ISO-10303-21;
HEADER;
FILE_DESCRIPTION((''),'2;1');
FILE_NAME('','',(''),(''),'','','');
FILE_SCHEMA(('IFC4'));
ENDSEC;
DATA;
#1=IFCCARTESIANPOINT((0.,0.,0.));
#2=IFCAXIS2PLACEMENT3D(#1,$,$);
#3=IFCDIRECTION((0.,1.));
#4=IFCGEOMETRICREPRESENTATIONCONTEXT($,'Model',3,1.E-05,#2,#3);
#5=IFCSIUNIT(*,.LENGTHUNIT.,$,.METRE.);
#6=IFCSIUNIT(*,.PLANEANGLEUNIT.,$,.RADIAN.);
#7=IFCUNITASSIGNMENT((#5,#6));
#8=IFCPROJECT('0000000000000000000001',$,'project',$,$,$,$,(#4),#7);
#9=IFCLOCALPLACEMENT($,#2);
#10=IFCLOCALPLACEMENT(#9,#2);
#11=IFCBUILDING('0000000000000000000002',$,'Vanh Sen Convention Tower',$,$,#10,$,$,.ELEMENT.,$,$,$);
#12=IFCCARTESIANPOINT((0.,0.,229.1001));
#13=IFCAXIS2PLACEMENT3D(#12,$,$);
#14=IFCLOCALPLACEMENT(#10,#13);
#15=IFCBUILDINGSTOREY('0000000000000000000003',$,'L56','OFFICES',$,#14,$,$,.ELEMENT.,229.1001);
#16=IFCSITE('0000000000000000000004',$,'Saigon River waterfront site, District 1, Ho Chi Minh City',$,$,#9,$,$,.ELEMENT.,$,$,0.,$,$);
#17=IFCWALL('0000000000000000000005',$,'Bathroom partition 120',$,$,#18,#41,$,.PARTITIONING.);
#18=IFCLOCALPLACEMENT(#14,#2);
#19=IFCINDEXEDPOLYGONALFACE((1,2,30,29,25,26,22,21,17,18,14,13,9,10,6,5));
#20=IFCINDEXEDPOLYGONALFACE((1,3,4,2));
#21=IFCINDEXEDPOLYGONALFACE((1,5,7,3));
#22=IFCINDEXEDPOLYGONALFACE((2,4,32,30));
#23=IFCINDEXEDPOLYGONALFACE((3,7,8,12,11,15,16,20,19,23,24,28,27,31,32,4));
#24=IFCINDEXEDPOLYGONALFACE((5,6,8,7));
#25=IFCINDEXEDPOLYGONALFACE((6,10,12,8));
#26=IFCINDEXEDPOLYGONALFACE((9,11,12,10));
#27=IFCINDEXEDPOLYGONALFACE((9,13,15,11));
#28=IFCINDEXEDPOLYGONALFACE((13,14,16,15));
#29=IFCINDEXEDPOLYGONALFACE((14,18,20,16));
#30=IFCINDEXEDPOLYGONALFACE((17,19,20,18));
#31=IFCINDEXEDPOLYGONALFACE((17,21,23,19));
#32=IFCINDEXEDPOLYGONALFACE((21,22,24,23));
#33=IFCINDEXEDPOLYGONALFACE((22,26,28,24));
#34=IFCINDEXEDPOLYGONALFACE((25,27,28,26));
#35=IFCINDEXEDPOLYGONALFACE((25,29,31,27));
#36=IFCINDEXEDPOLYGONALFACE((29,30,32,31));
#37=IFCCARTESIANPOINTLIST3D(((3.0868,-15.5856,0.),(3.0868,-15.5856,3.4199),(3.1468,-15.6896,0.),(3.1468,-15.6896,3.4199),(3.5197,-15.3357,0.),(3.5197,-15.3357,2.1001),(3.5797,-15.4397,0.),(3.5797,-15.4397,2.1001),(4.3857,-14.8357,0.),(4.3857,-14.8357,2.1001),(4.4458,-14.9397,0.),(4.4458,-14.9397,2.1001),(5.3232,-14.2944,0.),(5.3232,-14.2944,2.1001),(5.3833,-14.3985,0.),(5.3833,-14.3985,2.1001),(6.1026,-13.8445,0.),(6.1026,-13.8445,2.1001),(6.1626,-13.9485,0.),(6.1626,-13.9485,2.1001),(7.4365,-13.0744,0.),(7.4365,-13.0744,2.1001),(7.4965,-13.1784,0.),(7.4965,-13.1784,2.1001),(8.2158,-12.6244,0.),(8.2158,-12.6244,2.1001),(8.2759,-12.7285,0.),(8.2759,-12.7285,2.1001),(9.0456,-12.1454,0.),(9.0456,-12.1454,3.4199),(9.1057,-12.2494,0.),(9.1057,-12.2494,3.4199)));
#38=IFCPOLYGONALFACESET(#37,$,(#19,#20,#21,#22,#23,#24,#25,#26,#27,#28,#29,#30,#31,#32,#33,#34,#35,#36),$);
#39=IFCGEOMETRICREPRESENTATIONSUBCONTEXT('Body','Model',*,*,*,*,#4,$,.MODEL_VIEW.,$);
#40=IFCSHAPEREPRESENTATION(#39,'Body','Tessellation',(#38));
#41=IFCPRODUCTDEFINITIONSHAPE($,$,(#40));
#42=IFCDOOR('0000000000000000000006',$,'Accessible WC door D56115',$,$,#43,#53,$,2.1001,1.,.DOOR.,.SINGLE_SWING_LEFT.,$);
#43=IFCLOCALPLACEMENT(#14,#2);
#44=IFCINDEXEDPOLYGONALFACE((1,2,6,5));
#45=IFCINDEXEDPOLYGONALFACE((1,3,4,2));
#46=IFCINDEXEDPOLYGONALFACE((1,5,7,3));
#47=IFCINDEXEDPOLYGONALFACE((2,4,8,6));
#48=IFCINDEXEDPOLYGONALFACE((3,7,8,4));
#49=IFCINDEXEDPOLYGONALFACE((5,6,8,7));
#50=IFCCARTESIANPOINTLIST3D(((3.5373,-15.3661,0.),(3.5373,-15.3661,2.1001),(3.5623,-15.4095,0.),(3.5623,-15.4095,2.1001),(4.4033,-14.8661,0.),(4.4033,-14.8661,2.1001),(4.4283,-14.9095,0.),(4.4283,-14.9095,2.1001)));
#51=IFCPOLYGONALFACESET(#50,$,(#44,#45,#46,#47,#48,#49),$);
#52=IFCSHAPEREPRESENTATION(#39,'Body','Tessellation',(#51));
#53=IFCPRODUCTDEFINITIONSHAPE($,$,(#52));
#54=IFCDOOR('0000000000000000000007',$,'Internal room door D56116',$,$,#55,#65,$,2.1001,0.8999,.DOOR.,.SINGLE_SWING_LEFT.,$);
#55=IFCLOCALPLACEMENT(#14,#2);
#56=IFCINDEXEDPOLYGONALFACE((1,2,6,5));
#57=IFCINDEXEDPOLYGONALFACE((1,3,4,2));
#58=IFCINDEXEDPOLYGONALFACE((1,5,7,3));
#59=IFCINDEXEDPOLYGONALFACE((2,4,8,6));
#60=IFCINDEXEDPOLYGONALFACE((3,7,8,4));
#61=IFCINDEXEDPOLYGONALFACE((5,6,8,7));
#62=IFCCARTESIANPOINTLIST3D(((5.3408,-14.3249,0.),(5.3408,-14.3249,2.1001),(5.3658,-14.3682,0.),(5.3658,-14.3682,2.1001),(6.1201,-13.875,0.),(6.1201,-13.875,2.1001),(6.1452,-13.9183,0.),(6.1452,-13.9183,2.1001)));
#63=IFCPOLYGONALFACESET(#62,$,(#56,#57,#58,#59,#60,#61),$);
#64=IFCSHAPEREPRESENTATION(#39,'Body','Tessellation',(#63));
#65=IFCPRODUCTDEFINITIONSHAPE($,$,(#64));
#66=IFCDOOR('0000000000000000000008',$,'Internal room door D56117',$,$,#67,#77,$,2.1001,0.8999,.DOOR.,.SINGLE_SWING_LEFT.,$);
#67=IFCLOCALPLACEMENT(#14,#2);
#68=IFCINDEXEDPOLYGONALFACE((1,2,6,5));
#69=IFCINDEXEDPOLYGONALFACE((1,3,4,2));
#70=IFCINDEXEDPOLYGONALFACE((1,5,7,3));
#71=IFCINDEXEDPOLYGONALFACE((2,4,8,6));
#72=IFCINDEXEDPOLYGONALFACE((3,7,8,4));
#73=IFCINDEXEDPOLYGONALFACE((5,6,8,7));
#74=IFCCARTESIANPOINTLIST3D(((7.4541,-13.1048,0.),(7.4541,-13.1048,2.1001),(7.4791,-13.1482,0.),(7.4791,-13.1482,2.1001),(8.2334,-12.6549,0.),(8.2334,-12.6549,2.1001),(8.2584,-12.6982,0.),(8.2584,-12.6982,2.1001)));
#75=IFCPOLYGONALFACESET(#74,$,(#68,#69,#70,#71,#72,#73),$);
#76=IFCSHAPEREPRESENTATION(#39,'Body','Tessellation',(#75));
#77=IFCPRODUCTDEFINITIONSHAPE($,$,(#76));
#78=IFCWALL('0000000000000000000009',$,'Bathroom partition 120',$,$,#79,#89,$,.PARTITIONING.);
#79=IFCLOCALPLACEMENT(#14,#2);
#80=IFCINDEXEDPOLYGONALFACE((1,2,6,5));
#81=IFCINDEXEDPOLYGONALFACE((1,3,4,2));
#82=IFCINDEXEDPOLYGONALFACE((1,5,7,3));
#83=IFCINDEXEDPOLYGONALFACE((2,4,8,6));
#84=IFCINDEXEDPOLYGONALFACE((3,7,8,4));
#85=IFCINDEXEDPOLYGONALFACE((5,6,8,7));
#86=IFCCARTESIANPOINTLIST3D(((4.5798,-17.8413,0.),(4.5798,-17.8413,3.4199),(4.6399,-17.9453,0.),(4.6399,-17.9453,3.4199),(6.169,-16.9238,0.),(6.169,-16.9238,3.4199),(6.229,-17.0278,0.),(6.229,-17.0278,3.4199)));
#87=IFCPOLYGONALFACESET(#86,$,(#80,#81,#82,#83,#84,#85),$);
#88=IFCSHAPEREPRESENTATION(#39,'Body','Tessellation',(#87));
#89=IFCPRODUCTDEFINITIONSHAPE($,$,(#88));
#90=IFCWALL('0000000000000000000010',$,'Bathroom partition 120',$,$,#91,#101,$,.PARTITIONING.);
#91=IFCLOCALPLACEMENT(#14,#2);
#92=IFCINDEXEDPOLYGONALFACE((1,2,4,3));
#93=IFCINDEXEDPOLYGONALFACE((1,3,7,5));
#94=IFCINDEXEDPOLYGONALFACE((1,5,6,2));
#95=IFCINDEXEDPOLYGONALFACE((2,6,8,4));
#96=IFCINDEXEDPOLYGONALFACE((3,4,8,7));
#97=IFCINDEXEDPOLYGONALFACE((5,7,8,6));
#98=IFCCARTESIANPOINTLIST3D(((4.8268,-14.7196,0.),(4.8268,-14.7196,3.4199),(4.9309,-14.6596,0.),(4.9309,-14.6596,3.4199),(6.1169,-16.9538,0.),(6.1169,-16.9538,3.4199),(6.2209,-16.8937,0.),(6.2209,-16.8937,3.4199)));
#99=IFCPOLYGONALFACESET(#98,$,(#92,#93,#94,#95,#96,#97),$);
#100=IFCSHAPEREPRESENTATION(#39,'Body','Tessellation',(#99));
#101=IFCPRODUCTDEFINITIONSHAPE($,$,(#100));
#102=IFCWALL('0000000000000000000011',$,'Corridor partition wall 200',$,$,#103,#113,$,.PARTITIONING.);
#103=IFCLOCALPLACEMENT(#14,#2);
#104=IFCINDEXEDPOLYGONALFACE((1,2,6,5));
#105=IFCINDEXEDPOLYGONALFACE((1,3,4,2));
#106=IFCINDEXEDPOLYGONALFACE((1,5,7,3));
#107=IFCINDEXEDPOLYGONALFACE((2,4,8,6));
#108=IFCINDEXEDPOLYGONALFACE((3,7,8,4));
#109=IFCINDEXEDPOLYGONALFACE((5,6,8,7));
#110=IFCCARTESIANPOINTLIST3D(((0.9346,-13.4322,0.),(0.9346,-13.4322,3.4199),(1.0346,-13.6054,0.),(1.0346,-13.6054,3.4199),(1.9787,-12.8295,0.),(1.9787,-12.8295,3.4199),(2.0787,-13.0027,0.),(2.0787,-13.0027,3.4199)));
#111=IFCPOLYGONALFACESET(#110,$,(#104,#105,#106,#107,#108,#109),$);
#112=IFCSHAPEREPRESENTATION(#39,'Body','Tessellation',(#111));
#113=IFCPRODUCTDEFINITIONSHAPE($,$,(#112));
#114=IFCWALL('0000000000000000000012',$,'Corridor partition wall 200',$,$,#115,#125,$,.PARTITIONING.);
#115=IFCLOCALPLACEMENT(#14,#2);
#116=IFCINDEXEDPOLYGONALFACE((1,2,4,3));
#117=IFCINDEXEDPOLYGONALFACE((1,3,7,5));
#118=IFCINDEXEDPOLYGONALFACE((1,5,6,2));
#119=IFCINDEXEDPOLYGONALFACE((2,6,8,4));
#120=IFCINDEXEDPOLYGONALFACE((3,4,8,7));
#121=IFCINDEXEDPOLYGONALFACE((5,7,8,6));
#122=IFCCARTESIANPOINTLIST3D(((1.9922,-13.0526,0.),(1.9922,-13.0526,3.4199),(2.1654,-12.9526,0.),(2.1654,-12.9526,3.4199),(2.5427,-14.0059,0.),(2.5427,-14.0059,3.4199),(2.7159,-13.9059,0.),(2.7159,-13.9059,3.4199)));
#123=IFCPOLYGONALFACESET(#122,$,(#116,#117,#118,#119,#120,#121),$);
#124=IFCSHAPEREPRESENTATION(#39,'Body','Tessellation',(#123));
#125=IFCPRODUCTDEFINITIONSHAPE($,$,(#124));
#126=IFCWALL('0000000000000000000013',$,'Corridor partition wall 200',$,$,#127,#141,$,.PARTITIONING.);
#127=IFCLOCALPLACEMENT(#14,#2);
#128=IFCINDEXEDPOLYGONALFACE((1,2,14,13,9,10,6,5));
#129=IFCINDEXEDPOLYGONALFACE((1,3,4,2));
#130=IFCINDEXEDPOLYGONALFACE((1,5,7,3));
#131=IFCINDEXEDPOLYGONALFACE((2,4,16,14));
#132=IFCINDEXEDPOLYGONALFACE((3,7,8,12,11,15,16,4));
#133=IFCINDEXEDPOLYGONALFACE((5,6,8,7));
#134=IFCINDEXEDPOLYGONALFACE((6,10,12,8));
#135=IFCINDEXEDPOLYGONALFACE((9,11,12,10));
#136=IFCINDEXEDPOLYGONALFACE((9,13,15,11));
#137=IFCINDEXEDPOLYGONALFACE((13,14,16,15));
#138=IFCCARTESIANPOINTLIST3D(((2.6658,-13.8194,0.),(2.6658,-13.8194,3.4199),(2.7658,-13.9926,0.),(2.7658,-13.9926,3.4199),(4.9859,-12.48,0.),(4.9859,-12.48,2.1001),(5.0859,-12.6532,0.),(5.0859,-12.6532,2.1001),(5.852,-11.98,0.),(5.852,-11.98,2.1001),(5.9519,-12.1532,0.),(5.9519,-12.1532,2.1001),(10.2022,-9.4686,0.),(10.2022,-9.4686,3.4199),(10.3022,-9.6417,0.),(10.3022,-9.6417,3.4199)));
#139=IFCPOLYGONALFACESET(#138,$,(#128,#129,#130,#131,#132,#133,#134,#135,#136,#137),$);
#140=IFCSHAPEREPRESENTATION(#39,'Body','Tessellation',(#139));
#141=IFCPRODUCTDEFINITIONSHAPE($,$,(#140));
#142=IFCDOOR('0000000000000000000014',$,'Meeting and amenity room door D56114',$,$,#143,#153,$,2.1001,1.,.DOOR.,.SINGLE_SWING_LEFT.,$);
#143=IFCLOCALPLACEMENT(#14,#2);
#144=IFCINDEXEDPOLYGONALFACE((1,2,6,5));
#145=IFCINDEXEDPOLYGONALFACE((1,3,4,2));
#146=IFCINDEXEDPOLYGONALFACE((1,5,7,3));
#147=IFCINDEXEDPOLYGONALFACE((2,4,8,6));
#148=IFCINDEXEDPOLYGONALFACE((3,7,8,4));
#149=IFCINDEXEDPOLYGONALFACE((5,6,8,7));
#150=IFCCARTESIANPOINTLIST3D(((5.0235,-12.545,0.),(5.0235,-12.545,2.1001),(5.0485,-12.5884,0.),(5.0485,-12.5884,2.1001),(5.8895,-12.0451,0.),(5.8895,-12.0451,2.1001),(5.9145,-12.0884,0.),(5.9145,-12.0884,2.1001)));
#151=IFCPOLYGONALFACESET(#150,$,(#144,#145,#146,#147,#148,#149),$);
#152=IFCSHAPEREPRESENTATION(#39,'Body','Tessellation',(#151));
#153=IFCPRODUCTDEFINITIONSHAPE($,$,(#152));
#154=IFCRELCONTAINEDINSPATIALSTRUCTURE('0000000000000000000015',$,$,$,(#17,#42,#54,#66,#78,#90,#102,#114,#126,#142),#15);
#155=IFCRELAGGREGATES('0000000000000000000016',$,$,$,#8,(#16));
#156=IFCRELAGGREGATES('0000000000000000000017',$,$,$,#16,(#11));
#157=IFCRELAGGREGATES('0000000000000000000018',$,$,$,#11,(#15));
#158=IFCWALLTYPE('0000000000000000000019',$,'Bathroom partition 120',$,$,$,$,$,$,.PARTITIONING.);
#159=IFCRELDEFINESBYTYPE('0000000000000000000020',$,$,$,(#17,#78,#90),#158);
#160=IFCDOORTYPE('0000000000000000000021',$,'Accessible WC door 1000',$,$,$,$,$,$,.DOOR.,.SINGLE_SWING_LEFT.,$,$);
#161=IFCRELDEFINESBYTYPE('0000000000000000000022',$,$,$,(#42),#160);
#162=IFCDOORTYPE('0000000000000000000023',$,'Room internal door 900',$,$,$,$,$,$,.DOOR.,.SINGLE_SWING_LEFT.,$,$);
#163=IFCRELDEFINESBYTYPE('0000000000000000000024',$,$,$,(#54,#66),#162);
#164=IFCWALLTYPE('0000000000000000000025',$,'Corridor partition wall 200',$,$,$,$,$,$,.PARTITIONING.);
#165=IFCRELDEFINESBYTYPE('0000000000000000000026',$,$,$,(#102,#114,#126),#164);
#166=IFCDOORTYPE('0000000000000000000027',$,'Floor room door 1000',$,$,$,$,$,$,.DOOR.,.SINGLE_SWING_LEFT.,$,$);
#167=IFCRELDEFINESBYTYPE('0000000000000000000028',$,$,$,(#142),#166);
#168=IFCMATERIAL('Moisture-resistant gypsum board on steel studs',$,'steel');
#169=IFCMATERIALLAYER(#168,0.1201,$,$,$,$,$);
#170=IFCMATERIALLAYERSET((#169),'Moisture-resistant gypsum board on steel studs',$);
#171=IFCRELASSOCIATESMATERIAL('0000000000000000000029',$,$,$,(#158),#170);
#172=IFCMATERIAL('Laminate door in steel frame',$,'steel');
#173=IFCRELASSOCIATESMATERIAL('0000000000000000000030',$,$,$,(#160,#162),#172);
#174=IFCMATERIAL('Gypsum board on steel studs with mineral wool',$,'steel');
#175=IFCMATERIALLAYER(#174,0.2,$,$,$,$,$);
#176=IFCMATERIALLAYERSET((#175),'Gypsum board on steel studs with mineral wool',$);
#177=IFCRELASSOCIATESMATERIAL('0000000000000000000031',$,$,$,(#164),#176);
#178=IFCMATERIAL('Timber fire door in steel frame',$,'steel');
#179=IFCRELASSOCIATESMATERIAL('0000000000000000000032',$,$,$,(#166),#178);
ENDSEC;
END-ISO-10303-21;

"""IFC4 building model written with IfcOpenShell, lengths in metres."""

from ifc_helpers import new_model, si_unit, direction, frame, frame_2d, origin, place, context, subcontext, project, spatial, rectangle, extrude, material, layer, layer_set, type_object, element, fill, save


model = new_model("IFC4")

# Units and contexts
model_context = context("Model", 3, precision=1e-05, world=origin(), true_north=direction((0.0, 1.0)))
body_context = subcontext(model_context, "Body", "Model", "MODEL_VIEW")
ifc_project = project(units=[si_unit("LENGTHUNIT", "METRE"), si_unit("PLANEANGLEUNIT", "RADIAN")], contexts=[model_context])

# Site, building, storey
site_placement = place(None, origin())
site = spatial("IfcSite", under=ifc_project, at=site_placement, Name="Saigon River waterfront site, District 1, Ho Chi Minh City", CompositionType="ELEMENT", RefElevation=0.0)
building_placement = place(site_placement, origin())
building = spatial("IfcBuilding", under=site, at=building_placement, Name="Vanh Sen Convention Tower", CompositionType="ELEMENT")
storey_placement = place(building_placement, frame((0.0, 0.0, 229.1001)))
storey = spatial("IfcBuildingStorey", under=building, at=storey_placement, Name="L56", Description="OFFICES", CompositionType="ELEMENT", Elevation=229.1001)

# Wall, openings, doors
ifc_material_1 = material(Name="Moisture-resistant gypsum board on steel studs", Category="steel")
ifc_layer_1 = layer(ifc_material_1, 0.1201)
ifc_layer_set_1 = layer_set([ifc_layer_1], Name="Moisture-resistant gypsum board on steel studs")
wall_type_1 = type_object("IfcWallType", Name="Bathroom partition 120", PredefinedType="PARTITIONING", material=ifc_layer_set_1)
wall_1_placement = place(storey_placement, frame((3.1167, -15.6377, 0.0), z_axis=(0.0, 0.0, 1.0), x_axis=(0.866031, 0.49999, 0.0)))
wall_1 = element("IfcWall", 1, at=wall_1_placement, inside=storey, type_object=wall_type_1, Name="Bathroom partition 120", PredefinedType="PARTITIONING", context=body_context, shape_type="SweptSolid", body=[
    extrude(rectangle(XDim=6.8806, YDim=0.1201, at=frame_2d((3.4404, 0.0))), origin(), (0.0, 0.0, 1.0), 3.4199),
])
opening_1_placement = place(wall_1_placement, frame((0.5, 0.0, 0.0)))
opening_1 = element("IfcOpeningElement", 2, at=opening_1_placement, cuts=wall_1, PredefinedType="OPENING", context=body_context, shape_type="SweptSolid", body=[
    extrude(rectangle(XDim=1.0, YDim=2.1001, at=frame_2d((0.5, 1.05))), frame((0.0, 0.0701, 0.0), z_axis=(0.0, -1.0, 0.0), x_axis=(1.0, 0.0, 0.0)), (0.0, 0.0, 1.0), 0.1401),
])
opening_2_placement = place(wall_1_placement, frame((2.5825, 0.0, 0.0)))
opening_2 = element("IfcOpeningElement", 3, at=opening_2_placement, cuts=wall_1, PredefinedType="OPENING", context=body_context, shape_type="SweptSolid", body=[
    extrude(rectangle(XDim=0.8999, YDim=2.1001, at=frame_2d((0.45, 1.05))), frame((0.0, 0.0701, 0.0), z_axis=(0.0, -1.0, 0.0), x_axis=(1.0, 0.0, 0.0)), (0.0, 0.0, 1.0), 0.1401),
])
opening_3_placement = place(wall_1_placement, frame((5.0227, 0.0, 0.0)))
opening_3 = element("IfcOpeningElement", 4, at=opening_3_placement, cuts=wall_1, PredefinedType="OPENING", context=body_context, shape_type="SweptSolid", body=[
    extrude(rectangle(XDim=0.8999, YDim=2.1001, at=frame_2d((0.45, 1.05))), frame((0.0, 0.0701, 0.0), z_axis=(0.0, -1.0, 0.0), x_axis=(1.0, 0.0, 0.0)), (0.0, 0.0, 1.0), 0.1401),
])
ifc_material_2 = material(Name="Laminate door in steel frame", Category="steel")
door_type_1 = type_object("IfcDoorType", Name="Accessible WC door 1000", OperationType="SINGLE_SWING_LEFT", PredefinedType="DOOR", material=ifc_material_2)
door_1_placement = place(opening_1_placement, origin())
door_1 = element("IfcDoor", 5, at=door_1_placement, inside=storey, type_object=door_type_1, Name="Accessible WC door D56115", OperationType="SINGLE_SWING_LEFT", OverallHeight=2.1001, OverallWidth=1.0, PredefinedType="DOOR", context=body_context, shape_type="SweptSolid", body=[
    extrude(rectangle(XDim=1.0, YDim=2.1001, at=frame_2d((0.5, 1.05))), frame((0.0, 0.0249, 0.0), z_axis=(0.0, -1.0, 0.0), x_axis=(1.0, 0.0, 0.0)), (0.0, 0.0, 1.0), 0.05),
])
fill(opening_1, door_1)
door_type_2 = type_object("IfcDoorType", Name="Room internal door 900", OperationType="SINGLE_SWING_LEFT", PredefinedType="DOOR", material=ifc_material_2)
door_2_placement = place(opening_2_placement, origin())
door_2 = element("IfcDoor", 6, at=door_2_placement, inside=storey, type_object=door_type_2, Name="Internal room door D56116", OperationType="SINGLE_SWING_LEFT", OverallHeight=2.1001, OverallWidth=0.8999, PredefinedType="DOOR", context=body_context, shape_type="SweptSolid", body=[
    extrude(rectangle(XDim=0.8999, YDim=2.1001, at=frame_2d((0.45, 1.05))), frame((0.0, 0.0249, 0.0), z_axis=(0.0, -1.0, 0.0), x_axis=(1.0, 0.0, 0.0)), (0.0, 0.0, 1.0), 0.05),
])
fill(opening_2, door_2)
door_3_placement = place(opening_3_placement, origin())
door_3 = element("IfcDoor", 7, at=door_3_placement, inside=storey, type_object=door_type_2, Name="Internal room door D56117", OperationType="SINGLE_SWING_LEFT", OverallHeight=2.1001, OverallWidth=0.8999, PredefinedType="DOOR", context=body_context, shape_type="SweptSolid", body=[
    extrude(rectangle(XDim=0.8999, YDim=2.1001, at=frame_2d((0.45, 1.05))), frame((0.0, 0.0249, 0.0), z_axis=(0.0, -1.0, 0.0), x_axis=(1.0, 0.0, 0.0)), (0.0, 0.0, 1.0), 0.05),
])
fill(opening_3, door_3)

# Walls
wall_2_placement = place(storey_placement, frame((4.6099, -17.8933, 0.0), z_axis=(0.0, 0.0, 1.0), x_axis=(0.866024, 0.500003, 0.0)))
element("IfcWall", 8, at=wall_2_placement, inside=storey, type_object=wall_type_1, Name="Bathroom partition 120", PredefinedType="PARTITIONING", context=body_context, shape_type="SweptSolid", body=[
    extrude(rectangle(XDim=1.835, YDim=0.1201, at=frame_2d((0.9175, 0.0))), origin(), (0.0, 0.0, 1.0), 3.4199),
])
wall_3_placement = place(storey_placement, frame((6.1689, -16.9238, 0.0), z_axis=(0.0, 0.0, 1.0), x_axis=(-0.500047, 0.865998, 0.0)))
element("IfcWall", 9, at=wall_3_placement, inside=storey, type_object=wall_type_1, Name="Bathroom partition 120", PredefinedType="PARTITIONING", context=body_context, shape_type="SweptSolid", body=[
    extrude(rectangle(XDim=2.5798, YDim=0.1201, at=frame_2d((1.29, 0.0))), origin(), (0.0, 0.0, 1.0), 3.4199),
])
ifc_material_3 = material(Name="Gypsum board on steel studs with mineral wool", Category="steel")
ifc_layer_2 = layer(ifc_material_3, 0.2)
ifc_layer_set_2 = layer_set([ifc_layer_2], Name="Gypsum board on steel studs with mineral wool")
wall_type_2 = type_object("IfcWallType", Name="Corridor partition wall 200", PredefinedType="PARTITIONING", material=ifc_layer_set_2)
wall_4_placement = place(storey_placement, frame((0.9846, -13.5188, 0.0), z_axis=(0.0, 0.0, 1.0), x_axis=(0.866054, 0.49995, 0.0)))
element("IfcWall", 10, at=wall_4_placement, inside=storey, type_object=wall_type_2, Name="Corridor partition wall 200", PredefinedType="PARTITIONING", context=body_context, shape_type="SweptSolid", body=[
    extrude(rectangle(XDim=1.2056, YDim=0.2, at=frame_2d((0.6028, 0.0))), origin(), (0.0, 0.0, 1.0), 3.4199),
])
wall_5_placement = place(storey_placement, frame((2.0789, -13.0027, 0.0), z_axis=(0.0, 0.0, 1.0), x_axis=(0.500074, -0.865982, 0.0)))
element("IfcWall", 11, at=wall_5_placement, inside=storey, type_object=wall_type_2, Name="Corridor partition wall 200", PredefinedType="PARTITIONING", context=body_context, shape_type="SweptSolid", body=[
    extrude(rectangle(XDim=1.1008, YDim=0.2, at=frame_2d((0.5503, 0.0))), origin(), (0.0, 0.0, 1.0), 3.4199),
])

# Wall, opening, door
wall_6_placement = place(storey_placement, frame((2.7158, -13.906, 0.0), z_axis=(0.0, 0.0, 1.0), x_axis=(0.86604, 0.499974, 0.0)))
wall_6 = element("IfcWall", 12, at=wall_6_placement, inside=storey, type_object=wall_type_2, Name="Corridor partition wall 200", PredefinedType="PARTITIONING", context=body_context, shape_type="SweptSolid", body=[
    extrude(rectangle(XDim=8.7021, YDim=0.2, at=frame_2d((4.3511, 0.0))), origin(), (0.0, 0.0, 1.0), 3.4199),
])
opening_4_placement = place(wall_6_placement, frame((2.679, 0.0, 0.0)))
opening_4 = element("IfcOpeningElement", 13, at=opening_4_placement, cuts=wall_6, PredefinedType="OPENING", context=body_context, shape_type="SweptSolid", body=[
    extrude(rectangle(XDim=1.0, YDim=2.1001, at=frame_2d((0.5, 1.05))), frame((0.0, 0.1099, 0.0), z_axis=(0.0, -1.0, 0.0), x_axis=(1.0, 0.0, 0.0)), (0.0, 0.0, 1.0), 0.22),
])
ifc_material_4 = material(Name="Timber fire door in steel frame", Category="steel")
door_type_3 = type_object("IfcDoorType", Name="Floor room door 1000", OperationType="SINGLE_SWING_LEFT", PredefinedType="DOOR", material=ifc_material_4)
door_4_placement = place(opening_4_placement, origin())
door_4 = element("IfcDoor", 14, at=door_4_placement, inside=storey, type_object=door_type_3, Name="Meeting and amenity room door D56114", OperationType="SINGLE_SWING_LEFT", OverallHeight=2.1001, OverallWidth=1.0, PredefinedType="DOOR", context=body_context, shape_type="SweptSolid", body=[
    extrude(rectangle(XDim=1.0, YDim=2.1001, at=frame_2d((0.5, 1.05))), frame((0.0, 0.0249, 0.0), z_axis=(0.0, -1.0, 0.0), x_axis=(1.0, 0.0, 0.0)), (0.0, 0.0, 1.0), 0.05),
])
fill(opening_4, door_4)

save(model, "model.ifc")
